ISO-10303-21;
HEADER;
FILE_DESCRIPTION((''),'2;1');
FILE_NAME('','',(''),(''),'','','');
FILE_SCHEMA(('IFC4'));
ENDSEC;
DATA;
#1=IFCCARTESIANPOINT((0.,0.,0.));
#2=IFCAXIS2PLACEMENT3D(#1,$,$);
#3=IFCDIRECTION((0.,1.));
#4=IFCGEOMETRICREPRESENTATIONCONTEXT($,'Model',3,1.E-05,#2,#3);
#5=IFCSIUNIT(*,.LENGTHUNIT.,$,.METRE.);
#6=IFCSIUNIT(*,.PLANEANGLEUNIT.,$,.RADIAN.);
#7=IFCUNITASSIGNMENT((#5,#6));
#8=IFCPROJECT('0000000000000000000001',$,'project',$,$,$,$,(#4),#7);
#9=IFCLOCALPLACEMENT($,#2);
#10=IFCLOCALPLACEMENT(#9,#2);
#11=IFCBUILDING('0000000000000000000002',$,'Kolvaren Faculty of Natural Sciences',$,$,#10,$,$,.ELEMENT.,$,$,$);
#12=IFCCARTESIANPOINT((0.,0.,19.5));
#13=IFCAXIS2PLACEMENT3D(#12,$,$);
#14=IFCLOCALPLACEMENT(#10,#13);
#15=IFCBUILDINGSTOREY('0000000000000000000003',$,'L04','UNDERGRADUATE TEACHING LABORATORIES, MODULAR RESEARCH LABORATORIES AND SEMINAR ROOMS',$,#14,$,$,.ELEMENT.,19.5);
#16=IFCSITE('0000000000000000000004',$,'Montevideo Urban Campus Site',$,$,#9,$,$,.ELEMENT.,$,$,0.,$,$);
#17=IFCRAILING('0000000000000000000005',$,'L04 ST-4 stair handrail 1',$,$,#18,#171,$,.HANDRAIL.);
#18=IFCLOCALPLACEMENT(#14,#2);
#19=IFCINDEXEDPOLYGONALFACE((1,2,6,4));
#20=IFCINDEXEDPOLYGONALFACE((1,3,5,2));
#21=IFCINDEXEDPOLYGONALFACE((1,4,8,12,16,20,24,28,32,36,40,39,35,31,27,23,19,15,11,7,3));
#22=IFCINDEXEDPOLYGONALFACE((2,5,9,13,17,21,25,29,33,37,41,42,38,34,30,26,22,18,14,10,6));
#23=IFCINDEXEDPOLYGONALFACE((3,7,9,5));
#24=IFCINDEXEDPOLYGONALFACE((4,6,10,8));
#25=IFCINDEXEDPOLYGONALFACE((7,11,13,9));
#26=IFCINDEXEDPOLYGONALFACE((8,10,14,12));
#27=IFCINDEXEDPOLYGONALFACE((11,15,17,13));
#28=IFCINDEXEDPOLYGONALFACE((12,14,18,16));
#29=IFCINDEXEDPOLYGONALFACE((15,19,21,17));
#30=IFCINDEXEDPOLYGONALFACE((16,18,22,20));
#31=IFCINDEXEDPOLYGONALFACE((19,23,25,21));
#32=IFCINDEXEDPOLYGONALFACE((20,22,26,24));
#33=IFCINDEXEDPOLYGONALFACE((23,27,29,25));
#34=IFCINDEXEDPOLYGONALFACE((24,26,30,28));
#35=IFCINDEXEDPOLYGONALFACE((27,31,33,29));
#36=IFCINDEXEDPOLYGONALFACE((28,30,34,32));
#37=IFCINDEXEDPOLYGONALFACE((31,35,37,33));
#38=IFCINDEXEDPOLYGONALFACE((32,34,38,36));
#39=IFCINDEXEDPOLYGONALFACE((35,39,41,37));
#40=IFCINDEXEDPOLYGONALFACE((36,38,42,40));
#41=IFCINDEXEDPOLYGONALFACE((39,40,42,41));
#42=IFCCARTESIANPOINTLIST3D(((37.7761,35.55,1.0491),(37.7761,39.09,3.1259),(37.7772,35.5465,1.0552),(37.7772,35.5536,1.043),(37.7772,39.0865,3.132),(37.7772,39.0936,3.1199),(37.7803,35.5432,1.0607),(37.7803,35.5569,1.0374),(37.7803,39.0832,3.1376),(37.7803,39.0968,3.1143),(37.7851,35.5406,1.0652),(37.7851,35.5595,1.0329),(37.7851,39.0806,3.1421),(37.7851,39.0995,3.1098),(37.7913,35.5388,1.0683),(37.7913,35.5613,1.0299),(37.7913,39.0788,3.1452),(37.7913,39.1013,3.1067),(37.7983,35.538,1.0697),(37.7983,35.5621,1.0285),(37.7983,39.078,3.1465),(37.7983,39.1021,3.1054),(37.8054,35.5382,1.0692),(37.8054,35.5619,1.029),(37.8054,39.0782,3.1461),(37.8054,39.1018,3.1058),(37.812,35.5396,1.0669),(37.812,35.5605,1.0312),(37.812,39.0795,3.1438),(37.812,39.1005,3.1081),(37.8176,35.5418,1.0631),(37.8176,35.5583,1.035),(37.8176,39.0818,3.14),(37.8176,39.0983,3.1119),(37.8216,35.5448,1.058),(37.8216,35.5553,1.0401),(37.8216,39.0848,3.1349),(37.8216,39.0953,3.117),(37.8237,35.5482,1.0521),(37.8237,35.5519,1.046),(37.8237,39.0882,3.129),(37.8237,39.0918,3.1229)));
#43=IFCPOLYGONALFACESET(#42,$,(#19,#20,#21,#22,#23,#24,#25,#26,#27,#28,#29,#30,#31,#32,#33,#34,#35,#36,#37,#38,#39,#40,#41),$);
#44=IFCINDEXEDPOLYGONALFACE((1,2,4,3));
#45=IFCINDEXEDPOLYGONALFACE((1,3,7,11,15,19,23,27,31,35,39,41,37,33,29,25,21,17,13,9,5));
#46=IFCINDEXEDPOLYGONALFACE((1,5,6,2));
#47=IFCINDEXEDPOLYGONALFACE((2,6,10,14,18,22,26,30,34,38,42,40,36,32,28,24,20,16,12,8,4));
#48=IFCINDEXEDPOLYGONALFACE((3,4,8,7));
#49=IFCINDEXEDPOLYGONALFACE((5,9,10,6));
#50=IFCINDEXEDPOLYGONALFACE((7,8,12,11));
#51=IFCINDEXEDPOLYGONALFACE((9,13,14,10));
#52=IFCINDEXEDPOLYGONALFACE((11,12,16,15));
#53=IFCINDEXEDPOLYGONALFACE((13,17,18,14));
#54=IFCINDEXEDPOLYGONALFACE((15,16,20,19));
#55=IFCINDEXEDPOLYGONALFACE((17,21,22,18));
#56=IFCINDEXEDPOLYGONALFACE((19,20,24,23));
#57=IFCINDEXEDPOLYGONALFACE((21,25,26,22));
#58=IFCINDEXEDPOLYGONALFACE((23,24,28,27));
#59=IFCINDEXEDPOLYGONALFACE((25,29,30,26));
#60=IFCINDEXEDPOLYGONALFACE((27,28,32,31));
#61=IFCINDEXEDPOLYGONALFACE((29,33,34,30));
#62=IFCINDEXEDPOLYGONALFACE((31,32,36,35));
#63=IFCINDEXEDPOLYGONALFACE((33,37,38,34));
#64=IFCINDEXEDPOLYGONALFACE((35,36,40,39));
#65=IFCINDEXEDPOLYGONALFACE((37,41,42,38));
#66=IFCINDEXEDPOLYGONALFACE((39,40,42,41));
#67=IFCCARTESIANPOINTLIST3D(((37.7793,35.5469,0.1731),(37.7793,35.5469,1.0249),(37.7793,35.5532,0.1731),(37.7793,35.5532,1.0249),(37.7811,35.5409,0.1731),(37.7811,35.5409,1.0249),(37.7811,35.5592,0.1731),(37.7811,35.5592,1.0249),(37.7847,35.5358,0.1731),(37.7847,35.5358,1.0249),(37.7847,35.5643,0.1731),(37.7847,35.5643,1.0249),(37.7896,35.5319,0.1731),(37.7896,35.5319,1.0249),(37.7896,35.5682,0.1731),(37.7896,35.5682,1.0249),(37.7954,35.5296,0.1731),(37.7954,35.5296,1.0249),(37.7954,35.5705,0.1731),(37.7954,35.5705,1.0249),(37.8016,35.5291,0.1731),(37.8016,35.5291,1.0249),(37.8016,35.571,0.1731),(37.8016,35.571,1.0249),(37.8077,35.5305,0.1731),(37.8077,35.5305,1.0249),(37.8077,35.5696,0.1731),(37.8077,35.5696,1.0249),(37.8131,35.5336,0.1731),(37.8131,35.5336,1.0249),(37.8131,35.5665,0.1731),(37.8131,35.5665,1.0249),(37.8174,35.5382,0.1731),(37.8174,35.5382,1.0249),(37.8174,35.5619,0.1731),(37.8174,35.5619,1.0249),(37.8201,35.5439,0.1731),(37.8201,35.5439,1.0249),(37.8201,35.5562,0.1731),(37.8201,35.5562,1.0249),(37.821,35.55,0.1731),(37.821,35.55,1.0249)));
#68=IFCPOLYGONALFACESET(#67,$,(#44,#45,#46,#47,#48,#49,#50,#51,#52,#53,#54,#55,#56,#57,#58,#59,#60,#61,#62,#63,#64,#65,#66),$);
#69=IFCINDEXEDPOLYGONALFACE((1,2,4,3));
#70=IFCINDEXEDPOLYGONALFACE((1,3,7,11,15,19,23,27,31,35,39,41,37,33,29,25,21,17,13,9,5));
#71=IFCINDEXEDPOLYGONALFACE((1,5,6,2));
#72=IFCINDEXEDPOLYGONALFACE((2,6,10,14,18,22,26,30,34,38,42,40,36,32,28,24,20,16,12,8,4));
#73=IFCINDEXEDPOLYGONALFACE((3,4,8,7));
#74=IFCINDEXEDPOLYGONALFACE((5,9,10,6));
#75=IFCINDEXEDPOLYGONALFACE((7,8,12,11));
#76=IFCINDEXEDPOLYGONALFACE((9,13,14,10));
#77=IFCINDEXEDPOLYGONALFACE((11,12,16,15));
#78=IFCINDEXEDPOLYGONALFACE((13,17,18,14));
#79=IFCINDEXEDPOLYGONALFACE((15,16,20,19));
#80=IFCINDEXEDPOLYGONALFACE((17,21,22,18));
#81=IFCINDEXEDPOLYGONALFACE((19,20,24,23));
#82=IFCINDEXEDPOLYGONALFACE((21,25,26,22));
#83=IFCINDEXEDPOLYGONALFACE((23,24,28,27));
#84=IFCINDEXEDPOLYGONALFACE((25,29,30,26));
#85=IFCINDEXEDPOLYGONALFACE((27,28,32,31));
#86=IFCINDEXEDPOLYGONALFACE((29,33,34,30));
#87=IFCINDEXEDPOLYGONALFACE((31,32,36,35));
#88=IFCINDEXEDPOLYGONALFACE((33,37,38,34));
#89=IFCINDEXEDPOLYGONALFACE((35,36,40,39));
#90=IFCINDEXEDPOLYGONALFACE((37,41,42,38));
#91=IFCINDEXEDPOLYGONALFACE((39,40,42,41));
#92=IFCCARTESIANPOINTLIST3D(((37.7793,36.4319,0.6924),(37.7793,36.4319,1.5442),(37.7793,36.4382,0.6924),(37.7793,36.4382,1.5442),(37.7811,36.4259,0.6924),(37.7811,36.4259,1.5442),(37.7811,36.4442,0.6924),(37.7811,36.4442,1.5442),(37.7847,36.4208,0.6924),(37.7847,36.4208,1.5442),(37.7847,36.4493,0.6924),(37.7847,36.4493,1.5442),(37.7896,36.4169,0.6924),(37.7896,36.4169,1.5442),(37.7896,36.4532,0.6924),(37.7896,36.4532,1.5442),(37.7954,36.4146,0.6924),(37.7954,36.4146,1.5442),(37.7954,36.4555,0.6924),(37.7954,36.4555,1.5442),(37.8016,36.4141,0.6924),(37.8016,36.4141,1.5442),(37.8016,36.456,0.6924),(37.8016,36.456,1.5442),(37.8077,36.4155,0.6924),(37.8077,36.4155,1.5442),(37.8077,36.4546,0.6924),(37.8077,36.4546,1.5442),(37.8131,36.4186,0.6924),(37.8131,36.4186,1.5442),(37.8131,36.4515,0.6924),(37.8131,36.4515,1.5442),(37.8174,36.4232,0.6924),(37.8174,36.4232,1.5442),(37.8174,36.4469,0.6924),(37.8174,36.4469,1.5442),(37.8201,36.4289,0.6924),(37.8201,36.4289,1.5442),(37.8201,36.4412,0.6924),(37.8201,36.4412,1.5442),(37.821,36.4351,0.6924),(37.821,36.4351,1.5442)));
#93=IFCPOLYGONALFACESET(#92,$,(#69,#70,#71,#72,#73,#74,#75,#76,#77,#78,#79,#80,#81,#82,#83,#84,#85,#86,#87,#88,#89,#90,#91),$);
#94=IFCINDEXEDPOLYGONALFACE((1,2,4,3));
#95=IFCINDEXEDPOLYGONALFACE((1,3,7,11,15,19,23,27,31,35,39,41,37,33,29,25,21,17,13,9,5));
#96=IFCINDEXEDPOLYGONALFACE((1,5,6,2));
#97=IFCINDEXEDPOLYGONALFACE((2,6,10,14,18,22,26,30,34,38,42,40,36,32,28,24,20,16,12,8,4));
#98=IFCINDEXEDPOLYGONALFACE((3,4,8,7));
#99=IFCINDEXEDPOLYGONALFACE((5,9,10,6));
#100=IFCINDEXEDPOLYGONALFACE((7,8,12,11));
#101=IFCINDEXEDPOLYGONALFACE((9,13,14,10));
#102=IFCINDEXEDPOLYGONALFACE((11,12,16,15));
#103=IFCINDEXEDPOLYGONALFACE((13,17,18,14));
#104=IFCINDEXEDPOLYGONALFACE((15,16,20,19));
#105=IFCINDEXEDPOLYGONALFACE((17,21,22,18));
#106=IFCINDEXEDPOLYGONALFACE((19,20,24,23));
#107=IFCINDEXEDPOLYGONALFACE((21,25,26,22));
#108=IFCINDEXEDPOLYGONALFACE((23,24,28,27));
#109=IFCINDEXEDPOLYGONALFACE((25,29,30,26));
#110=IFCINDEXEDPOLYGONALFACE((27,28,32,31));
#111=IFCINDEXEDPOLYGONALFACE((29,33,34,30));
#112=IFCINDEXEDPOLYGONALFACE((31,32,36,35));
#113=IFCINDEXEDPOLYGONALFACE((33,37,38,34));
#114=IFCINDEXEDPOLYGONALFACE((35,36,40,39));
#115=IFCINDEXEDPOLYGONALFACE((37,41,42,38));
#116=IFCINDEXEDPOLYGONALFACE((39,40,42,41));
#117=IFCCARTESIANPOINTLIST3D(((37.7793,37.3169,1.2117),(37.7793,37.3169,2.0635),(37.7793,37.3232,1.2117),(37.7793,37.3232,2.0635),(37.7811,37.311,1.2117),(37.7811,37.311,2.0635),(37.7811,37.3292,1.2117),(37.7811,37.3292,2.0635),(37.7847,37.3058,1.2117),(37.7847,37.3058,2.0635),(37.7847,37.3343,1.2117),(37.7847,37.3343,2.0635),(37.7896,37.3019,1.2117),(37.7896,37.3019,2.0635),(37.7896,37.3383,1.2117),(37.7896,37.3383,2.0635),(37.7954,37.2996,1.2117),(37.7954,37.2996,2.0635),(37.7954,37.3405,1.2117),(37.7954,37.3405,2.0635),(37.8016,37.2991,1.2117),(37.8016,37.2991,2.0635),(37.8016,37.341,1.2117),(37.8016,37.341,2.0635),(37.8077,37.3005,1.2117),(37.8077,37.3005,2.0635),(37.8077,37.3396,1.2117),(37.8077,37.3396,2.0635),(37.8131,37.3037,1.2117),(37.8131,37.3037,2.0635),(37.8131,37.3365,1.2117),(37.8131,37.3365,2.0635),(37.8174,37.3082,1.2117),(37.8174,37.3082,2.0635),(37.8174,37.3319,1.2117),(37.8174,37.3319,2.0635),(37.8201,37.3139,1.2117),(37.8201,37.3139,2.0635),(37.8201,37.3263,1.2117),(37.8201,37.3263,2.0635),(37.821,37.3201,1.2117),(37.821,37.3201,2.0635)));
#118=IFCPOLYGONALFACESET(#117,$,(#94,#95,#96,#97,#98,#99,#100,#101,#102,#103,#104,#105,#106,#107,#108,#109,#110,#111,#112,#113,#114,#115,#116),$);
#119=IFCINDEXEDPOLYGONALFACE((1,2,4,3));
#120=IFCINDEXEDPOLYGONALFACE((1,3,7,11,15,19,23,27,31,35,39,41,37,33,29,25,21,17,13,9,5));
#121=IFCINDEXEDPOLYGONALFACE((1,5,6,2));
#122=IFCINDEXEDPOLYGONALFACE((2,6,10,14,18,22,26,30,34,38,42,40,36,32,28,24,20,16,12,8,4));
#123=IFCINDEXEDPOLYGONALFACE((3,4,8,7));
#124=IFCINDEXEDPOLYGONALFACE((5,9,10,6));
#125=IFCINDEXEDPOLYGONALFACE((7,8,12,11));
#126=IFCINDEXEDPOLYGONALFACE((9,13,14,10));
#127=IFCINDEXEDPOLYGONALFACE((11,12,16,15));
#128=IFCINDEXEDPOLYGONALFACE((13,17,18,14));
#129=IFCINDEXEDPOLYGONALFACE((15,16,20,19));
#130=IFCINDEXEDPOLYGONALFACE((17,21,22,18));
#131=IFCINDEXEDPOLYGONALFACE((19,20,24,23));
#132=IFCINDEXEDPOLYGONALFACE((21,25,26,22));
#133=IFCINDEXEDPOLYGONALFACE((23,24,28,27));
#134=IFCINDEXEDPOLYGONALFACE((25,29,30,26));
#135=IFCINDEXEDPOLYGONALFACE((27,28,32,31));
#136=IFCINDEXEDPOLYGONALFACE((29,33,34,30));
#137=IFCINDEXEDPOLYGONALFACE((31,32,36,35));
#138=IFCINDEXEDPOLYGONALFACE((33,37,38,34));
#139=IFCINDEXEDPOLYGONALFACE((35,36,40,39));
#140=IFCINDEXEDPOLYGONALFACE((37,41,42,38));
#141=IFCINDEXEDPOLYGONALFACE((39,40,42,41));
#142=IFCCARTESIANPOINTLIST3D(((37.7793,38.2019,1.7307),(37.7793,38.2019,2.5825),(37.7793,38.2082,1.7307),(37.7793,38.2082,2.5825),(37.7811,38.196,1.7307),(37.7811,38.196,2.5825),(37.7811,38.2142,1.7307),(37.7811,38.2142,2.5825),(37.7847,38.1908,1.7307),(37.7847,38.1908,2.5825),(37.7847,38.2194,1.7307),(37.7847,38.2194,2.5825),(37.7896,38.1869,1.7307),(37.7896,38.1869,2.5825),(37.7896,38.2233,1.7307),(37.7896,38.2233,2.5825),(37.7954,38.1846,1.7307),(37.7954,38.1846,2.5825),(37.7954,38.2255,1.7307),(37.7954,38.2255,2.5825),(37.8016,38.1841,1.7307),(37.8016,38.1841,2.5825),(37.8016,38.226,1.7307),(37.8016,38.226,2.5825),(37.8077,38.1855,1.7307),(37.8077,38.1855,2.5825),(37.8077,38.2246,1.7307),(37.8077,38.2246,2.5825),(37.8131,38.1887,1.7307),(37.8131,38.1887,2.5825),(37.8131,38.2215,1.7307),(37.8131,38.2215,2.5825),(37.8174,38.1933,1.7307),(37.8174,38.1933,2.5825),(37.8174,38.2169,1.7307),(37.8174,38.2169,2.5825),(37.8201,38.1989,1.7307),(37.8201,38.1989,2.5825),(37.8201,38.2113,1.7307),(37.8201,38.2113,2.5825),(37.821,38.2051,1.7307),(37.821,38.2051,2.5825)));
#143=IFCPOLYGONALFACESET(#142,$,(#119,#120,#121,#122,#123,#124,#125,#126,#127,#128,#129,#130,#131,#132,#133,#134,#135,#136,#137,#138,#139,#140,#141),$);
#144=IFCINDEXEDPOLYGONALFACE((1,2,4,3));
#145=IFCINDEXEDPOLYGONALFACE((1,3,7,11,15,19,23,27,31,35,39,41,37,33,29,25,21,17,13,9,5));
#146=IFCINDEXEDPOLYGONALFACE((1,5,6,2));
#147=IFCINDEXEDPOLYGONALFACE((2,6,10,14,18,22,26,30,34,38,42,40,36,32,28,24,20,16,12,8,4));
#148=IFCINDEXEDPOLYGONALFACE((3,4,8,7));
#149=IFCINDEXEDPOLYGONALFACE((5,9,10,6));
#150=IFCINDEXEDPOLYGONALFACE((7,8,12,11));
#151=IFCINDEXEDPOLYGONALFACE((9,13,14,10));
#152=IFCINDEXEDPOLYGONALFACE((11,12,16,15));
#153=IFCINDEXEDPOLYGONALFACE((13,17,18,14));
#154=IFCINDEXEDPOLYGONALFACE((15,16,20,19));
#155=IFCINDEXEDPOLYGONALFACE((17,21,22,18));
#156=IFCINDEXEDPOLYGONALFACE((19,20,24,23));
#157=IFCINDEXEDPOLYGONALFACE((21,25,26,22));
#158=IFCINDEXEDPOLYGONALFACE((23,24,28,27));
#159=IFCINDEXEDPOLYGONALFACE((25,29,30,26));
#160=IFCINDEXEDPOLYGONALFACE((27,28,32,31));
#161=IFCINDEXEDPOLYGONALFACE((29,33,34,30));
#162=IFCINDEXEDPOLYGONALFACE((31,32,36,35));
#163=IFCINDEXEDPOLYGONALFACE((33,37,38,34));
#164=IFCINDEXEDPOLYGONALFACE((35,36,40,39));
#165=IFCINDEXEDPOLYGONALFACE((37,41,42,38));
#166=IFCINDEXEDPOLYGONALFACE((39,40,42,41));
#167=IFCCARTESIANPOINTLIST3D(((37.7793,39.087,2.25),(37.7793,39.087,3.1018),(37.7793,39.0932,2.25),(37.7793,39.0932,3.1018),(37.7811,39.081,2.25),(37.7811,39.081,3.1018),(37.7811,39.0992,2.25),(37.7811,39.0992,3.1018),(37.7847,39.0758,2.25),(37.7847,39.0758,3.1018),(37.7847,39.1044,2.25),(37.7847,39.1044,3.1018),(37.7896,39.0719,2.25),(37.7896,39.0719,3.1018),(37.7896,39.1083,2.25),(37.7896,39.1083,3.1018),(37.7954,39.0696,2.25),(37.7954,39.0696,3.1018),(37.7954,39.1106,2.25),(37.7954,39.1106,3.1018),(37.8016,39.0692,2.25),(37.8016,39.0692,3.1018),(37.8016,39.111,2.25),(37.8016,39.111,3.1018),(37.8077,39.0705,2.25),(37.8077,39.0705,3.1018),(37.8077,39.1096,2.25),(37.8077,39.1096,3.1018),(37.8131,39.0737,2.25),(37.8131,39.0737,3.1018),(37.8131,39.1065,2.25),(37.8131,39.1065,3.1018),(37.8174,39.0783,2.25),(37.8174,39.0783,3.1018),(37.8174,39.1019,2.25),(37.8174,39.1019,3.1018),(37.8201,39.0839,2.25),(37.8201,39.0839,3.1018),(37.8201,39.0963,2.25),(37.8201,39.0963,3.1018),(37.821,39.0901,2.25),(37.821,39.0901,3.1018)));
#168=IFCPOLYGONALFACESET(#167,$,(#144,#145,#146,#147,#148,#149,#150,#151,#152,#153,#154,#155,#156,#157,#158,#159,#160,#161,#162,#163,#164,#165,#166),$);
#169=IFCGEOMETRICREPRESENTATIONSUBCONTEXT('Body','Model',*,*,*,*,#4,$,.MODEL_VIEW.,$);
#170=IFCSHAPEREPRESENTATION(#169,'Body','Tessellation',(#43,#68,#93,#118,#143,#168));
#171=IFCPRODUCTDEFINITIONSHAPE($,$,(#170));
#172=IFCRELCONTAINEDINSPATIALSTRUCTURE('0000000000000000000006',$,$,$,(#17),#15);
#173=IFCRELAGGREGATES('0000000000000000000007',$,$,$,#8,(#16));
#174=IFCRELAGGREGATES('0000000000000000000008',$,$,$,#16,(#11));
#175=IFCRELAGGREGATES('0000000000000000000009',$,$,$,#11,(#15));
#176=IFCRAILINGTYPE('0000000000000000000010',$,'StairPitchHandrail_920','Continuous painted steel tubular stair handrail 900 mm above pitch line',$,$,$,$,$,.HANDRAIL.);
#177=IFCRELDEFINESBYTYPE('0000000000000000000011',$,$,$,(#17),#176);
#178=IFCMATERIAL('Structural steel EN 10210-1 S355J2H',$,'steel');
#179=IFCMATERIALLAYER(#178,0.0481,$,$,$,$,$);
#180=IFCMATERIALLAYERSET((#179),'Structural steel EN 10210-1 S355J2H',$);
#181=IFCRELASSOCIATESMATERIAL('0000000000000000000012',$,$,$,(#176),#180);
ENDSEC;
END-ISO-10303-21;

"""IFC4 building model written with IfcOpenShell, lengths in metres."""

from ifc_helpers import new_model, si_unit, direction, frame, origin, origin_2d, place, context, subcontext, project, spatial, circle, extrude, material, layer, layer_set, type_object, element, save


model = new_model("IFC4")

# Units and contexts
model_context = context("Model", 3, precision=1e-05, world=origin(), true_north=direction((0.0, 1.0)))
body_context = subcontext(model_context, "Body", "Model", "MODEL_VIEW")
ifc_project = project(units=[si_unit("LENGTHUNIT", "METRE"), si_unit("PLANEANGLEUNIT", "RADIAN")], contexts=[model_context])

# Site, building, storey
site_placement = place(None, origin())
site = spatial("IfcSite", under=ifc_project, at=site_placement, Name="Montevideo Urban Campus Site", CompositionType="ELEMENT", RefElevation=0.0)
building_placement = place(site_placement, origin())
building = spatial("IfcBuilding", under=site, at=building_placement, Name="Kolvaren Faculty of Natural Sciences", CompositionType="ELEMENT")
storey_placement = place(building_placement, frame((0.0, 0.0, 19.5)))
storey = spatial("IfcBuildingStorey", under=building, at=storey_placement, Name="L04", Description="UNDERGRADUATE TEACHING LABORATORIES, MODULAR RESEARCH LABORATORIES AND SEMINAR ROOMS", CompositionType="ELEMENT", Elevation=19.5)

# Railing
ifc_material_1 = material(Name="Structural steel EN 10210-1 S355J2H", Category="steel")
ifc_layer_1 = layer(ifc_material_1, 0.0481)
ifc_layer_set_1 = layer_set([ifc_layer_1], Name="Structural steel EN 10210-1 S355J2H")
railing_type_1 = type_object("IfcRailingType", Name="StairPitchHandrail_920", Description="Continuous painted steel tubular stair handrail 900 mm above pitch line", PredefinedType="HANDRAIL", material=ifc_layer_set_1)
railing_1_placement = place(storey_placement, frame((37.8, 35.55, 0.1731)))
element("IfcRailing", 1, at=railing_1_placement, inside=storey, type_object=railing_type_1, Name="L04 ST-4 stair handrail 1", PredefinedType="HANDRAIL", context=body_context, shape_type="SweptSolid", body=[
    extrude(circle(Radius=0.0239, at=origin_2d()), frame((0.0, 0.0, 0.876), z_axis=(0.0, 0.862516, 0.506029), x_axis=(-1.0, 0.0, 0.0)), (0.0, 0.0, 1.0), 4.1042),
    extrude(circle(Radius=0.021, at=origin_2d()), origin(), (0.0, 0.0, 1.0), 0.8518),
    extrude(circle(Radius=0.021, at=origin_2d()), frame((0.0, 0.885, 0.5193)), (0.0, 0.0, 1.0), 0.8518),
    extrude(circle(Radius=0.021, at=origin_2d()), frame((0.0, 1.77, 1.0386)), (0.0, 0.0, 1.0), 0.8518),
    extrude(circle(Radius=0.021, at=origin_2d()), frame((0.0, 2.655, 1.5576)), (0.0, 0.0, 1.0), 0.8518),
    extrude(circle(Radius=0.021, at=origin_2d()), frame((0.0, 3.54, 2.0769)), (0.0, 0.0, 1.0), 0.8518),
])

save(model, "model.ifc")
